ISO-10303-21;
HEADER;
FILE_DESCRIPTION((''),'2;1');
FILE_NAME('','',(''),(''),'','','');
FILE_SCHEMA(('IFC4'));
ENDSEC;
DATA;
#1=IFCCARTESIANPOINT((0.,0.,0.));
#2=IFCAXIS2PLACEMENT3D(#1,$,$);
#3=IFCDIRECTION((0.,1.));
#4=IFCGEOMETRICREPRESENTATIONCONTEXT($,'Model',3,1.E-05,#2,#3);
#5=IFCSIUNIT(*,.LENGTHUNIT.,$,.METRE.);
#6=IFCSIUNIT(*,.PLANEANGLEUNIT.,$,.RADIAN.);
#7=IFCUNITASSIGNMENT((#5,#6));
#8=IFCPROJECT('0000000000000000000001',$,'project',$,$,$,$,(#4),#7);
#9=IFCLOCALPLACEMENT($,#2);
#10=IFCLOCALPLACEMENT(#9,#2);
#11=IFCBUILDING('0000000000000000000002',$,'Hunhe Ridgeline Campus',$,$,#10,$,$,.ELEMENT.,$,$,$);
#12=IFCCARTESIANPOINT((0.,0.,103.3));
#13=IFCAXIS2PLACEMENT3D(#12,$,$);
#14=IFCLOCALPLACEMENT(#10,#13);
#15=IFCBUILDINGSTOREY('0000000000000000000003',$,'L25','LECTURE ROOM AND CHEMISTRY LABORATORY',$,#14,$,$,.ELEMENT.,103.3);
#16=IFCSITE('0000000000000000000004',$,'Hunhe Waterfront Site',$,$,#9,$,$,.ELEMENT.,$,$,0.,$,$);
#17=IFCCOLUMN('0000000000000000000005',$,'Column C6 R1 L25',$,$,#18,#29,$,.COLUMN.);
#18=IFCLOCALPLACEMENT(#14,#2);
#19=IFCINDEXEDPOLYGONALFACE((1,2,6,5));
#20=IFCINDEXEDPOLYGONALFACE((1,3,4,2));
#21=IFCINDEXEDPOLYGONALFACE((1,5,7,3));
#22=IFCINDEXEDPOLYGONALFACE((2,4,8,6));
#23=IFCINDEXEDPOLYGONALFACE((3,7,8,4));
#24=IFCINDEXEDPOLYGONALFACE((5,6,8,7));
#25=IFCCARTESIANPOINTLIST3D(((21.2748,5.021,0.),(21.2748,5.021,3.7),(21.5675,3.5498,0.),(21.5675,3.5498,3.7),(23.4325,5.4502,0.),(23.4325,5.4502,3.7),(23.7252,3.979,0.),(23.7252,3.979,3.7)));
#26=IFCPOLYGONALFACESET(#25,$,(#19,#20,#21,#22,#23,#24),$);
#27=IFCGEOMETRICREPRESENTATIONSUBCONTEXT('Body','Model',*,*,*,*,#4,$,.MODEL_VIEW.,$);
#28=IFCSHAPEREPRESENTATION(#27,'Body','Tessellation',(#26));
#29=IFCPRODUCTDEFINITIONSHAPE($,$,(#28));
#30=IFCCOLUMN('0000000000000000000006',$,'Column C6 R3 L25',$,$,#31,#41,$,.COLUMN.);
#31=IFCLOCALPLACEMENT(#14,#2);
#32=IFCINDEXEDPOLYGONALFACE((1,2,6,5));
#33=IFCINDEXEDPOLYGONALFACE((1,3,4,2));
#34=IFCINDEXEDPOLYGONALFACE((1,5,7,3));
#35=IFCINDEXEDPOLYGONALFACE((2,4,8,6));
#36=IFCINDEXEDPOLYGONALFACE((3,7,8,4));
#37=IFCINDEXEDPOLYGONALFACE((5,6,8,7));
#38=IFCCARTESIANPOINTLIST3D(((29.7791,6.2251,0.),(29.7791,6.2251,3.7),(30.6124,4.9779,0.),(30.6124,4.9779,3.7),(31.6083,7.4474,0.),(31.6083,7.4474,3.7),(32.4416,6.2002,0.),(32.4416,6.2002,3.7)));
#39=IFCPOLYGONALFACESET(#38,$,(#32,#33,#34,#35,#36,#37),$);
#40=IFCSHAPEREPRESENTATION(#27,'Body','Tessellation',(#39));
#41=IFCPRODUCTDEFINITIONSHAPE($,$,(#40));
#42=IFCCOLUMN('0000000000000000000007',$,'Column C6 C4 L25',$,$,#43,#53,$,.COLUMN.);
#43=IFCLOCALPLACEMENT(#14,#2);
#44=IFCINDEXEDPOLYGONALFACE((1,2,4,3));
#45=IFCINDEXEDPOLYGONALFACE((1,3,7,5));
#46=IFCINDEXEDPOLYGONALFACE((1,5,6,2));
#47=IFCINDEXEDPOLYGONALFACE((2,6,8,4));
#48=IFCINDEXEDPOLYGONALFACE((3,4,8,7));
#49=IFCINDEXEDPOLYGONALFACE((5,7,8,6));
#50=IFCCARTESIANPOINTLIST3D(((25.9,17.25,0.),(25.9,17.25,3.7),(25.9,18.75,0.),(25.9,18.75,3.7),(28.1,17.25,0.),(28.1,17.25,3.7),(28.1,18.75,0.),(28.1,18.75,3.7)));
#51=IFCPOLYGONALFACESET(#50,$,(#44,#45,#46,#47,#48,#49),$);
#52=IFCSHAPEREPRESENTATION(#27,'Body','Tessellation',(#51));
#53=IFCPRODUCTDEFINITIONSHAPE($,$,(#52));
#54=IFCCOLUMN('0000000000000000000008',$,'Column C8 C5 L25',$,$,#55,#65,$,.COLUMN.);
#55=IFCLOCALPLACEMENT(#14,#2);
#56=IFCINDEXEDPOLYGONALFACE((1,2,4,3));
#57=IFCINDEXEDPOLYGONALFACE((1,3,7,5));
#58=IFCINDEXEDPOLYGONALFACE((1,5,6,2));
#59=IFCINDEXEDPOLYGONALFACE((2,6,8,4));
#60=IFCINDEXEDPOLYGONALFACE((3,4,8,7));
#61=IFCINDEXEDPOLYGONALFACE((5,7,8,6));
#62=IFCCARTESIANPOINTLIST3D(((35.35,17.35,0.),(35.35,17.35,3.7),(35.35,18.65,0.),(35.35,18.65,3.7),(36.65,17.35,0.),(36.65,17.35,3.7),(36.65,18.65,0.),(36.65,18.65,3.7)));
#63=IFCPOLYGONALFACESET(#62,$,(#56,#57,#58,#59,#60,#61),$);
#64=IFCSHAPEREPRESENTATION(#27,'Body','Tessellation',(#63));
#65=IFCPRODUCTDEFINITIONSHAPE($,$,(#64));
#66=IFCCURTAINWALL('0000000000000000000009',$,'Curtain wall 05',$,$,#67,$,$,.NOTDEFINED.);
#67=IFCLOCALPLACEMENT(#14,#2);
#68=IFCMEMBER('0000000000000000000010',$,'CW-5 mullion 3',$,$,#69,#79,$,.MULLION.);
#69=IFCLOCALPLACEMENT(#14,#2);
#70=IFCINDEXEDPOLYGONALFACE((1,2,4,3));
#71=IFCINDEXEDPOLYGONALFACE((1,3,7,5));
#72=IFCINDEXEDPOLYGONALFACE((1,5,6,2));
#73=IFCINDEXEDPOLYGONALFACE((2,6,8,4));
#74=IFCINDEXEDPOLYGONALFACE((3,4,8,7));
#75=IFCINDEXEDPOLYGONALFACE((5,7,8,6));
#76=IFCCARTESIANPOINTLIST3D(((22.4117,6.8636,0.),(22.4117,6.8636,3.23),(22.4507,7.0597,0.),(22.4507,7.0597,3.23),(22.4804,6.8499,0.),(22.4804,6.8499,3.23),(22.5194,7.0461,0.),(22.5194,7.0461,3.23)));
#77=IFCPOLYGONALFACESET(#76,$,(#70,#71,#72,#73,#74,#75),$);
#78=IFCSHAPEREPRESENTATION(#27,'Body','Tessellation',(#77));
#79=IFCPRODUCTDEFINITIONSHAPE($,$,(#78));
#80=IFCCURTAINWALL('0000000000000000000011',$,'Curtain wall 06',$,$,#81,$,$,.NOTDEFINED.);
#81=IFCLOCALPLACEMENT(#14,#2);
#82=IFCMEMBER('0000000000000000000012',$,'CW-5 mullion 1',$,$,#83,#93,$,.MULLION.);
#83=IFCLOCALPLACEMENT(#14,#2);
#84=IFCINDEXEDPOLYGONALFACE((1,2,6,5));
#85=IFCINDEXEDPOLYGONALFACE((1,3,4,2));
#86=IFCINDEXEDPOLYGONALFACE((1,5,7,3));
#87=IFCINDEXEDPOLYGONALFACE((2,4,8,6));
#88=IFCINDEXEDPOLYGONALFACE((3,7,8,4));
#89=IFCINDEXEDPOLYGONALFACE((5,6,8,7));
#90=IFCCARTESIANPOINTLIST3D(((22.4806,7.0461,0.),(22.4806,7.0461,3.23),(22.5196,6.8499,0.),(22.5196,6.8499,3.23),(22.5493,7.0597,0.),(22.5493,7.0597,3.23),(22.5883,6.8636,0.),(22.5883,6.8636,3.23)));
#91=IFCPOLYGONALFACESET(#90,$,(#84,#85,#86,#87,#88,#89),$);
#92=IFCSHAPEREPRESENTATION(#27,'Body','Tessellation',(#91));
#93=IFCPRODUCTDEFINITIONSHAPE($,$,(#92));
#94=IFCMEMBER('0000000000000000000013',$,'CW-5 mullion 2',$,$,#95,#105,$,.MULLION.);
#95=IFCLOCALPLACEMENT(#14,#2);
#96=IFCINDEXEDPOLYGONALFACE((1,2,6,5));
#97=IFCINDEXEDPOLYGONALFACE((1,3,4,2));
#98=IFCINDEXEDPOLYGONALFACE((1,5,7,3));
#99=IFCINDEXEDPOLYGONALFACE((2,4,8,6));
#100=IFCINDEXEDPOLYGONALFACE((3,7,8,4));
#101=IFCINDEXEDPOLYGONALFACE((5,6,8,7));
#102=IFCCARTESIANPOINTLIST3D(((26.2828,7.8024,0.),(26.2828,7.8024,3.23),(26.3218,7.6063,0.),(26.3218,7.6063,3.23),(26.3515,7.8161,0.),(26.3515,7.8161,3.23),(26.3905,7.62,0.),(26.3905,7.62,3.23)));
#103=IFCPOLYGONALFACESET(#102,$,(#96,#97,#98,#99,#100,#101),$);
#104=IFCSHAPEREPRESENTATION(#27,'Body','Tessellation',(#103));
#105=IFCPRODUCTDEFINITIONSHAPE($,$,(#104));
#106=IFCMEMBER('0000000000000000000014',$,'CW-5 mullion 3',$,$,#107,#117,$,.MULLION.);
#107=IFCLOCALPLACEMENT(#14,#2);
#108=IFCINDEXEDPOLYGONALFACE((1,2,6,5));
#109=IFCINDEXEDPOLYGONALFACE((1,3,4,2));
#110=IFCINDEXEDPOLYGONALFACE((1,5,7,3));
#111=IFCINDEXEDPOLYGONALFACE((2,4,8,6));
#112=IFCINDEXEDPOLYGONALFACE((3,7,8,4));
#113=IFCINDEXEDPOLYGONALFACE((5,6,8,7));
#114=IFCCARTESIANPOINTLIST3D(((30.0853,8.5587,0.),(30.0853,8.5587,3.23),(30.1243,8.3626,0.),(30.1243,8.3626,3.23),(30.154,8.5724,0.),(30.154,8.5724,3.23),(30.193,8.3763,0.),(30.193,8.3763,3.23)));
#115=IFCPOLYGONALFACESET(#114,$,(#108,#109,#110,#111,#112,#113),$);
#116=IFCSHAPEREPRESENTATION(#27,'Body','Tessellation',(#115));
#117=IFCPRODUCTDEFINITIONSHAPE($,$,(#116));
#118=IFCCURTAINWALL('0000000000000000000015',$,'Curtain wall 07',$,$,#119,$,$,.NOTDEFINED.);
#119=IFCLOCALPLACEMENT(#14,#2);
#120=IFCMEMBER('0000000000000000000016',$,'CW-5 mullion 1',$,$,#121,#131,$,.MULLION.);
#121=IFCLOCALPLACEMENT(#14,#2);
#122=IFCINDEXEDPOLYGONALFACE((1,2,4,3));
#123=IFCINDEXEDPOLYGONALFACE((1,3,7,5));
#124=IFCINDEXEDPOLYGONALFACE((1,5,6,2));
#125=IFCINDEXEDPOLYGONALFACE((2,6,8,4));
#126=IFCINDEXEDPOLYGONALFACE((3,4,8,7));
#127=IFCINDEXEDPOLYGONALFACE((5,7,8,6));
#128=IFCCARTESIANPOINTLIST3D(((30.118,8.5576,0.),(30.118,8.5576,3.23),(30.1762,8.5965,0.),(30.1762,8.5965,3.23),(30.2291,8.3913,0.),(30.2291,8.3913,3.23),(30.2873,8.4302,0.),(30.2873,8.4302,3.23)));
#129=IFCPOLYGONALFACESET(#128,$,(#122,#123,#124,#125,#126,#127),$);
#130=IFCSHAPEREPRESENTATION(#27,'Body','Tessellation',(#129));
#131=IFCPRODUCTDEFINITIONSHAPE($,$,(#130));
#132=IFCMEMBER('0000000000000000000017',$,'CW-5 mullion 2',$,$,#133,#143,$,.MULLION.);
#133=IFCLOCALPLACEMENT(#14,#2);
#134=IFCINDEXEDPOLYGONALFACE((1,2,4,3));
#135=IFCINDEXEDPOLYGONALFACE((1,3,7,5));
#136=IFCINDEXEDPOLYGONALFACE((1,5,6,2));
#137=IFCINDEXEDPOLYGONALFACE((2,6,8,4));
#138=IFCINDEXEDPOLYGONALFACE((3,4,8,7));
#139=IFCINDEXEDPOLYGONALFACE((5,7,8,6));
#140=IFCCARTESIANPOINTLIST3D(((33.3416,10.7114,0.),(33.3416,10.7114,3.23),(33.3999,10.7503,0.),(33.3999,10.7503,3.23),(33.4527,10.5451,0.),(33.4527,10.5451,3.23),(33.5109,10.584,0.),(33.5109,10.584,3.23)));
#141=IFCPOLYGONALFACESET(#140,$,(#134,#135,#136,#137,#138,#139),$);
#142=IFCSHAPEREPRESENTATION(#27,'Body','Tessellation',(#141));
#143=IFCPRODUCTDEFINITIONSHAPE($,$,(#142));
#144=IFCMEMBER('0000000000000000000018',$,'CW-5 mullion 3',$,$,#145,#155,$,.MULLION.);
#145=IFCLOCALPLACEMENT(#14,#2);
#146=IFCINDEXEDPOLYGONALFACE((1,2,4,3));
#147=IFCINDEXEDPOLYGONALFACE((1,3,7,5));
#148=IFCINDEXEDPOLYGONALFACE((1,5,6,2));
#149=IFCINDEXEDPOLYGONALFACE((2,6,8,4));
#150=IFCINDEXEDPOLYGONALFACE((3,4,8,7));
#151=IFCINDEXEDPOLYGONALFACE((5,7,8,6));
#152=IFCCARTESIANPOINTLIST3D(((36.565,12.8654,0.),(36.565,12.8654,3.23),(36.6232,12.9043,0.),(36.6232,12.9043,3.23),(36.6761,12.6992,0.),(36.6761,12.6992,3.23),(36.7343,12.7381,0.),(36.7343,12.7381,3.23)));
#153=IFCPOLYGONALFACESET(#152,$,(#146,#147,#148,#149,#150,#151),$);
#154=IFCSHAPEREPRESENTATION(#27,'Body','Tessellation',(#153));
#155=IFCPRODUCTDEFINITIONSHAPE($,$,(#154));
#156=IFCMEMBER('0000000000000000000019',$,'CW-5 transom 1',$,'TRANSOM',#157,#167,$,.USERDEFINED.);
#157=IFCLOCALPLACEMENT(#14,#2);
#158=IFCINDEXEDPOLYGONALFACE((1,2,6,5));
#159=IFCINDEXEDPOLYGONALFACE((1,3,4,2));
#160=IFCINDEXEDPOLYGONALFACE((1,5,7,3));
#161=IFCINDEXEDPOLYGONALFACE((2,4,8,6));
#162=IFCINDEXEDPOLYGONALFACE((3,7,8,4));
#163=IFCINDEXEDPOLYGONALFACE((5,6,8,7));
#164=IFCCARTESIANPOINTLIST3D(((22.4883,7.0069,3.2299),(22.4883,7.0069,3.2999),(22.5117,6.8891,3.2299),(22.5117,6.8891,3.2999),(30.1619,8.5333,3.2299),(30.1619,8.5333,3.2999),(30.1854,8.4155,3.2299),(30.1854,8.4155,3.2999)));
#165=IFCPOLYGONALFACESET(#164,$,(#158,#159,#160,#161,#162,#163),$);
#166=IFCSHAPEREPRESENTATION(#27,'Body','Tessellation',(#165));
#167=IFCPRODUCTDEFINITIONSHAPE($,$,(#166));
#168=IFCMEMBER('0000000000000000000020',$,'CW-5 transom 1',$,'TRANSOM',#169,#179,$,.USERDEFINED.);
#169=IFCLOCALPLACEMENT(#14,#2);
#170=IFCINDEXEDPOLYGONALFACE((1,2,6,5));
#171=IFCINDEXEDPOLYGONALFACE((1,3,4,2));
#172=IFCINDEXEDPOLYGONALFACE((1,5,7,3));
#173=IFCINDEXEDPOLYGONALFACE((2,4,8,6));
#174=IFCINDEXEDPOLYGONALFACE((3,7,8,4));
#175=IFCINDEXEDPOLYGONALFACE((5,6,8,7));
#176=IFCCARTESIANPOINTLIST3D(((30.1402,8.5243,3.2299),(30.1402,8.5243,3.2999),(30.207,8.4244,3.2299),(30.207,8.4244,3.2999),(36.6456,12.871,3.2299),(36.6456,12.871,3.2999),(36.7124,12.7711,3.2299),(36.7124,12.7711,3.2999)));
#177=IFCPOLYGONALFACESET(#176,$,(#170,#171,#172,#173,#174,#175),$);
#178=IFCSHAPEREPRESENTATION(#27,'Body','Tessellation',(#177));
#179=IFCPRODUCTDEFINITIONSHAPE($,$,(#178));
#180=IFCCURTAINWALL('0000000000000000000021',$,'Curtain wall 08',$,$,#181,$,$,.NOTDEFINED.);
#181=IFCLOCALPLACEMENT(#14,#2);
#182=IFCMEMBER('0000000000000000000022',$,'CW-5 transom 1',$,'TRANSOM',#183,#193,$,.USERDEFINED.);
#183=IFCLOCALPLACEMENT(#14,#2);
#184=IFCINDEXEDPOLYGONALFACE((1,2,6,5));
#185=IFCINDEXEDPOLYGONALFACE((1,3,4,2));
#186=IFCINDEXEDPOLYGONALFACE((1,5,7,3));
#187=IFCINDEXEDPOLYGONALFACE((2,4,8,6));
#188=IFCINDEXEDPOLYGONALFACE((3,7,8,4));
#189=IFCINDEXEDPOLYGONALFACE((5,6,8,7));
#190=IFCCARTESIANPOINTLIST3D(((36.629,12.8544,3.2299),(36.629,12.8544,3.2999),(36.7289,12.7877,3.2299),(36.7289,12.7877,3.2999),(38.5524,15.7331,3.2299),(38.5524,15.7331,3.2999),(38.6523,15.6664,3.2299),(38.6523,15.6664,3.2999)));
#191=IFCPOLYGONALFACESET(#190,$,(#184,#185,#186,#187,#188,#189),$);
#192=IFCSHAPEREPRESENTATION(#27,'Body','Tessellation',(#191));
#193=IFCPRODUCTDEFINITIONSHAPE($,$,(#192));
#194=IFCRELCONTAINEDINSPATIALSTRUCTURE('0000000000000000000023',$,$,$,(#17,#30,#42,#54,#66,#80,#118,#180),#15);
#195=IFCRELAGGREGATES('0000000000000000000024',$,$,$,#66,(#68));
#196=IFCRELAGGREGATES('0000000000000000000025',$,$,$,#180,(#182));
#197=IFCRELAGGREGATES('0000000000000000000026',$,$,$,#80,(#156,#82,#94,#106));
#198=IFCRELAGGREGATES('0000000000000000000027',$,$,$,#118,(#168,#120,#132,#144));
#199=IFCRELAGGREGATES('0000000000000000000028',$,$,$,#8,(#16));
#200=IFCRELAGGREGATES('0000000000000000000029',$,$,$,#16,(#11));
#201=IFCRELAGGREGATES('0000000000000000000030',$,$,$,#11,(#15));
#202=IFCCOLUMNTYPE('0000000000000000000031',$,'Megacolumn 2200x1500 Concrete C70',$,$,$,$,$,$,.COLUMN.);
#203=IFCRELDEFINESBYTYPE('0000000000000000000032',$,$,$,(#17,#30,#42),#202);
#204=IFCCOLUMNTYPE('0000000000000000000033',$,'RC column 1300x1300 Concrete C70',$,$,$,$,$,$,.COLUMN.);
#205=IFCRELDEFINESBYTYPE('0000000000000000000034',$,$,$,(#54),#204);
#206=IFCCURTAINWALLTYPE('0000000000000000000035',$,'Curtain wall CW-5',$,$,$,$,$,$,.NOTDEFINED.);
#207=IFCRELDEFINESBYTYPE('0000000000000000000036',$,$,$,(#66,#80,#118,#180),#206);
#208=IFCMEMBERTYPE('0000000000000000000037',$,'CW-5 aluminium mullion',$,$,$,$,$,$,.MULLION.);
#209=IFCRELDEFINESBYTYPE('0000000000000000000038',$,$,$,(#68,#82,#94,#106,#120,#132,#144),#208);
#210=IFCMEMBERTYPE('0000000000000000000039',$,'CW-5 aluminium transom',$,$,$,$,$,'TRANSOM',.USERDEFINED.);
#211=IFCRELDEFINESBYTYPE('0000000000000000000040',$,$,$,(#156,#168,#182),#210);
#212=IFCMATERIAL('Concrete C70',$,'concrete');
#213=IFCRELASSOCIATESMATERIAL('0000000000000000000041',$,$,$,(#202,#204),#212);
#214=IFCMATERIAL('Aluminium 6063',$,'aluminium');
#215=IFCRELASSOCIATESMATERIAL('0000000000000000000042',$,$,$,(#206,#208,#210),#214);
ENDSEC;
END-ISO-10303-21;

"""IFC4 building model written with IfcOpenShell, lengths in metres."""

from ifc_helpers import new_model, si_unit, direction, frame, origin, origin_2d, place, context, subcontext, project, spatial, rectangle, extrude, material, material_profile, profile_set, type_object, element, aggregate, save


model = new_model("IFC4")

# Units and contexts
model_context = context("Model", 3, precision=1e-05, world=origin(), true_north=direction((0.0, 1.0)))
body_context = subcontext(model_context, "Body", "Model", "MODEL_VIEW")
ifc_project = project(units=[si_unit("LENGTHUNIT", "METRE"), si_unit("PLANEANGLEUNIT", "RADIAN")], contexts=[model_context])

# Site, building, storey
site_placement = place(None, origin())
site = spatial("IfcSite", under=ifc_project, at=site_placement, Name="Hunhe Waterfront Site", CompositionType="ELEMENT", RefElevation=0.0)
building_placement = place(site_placement, origin())
building = spatial("IfcBuilding", under=site, at=building_placement, Name="Hunhe Ridgeline Campus", CompositionType="ELEMENT")
storey_placement = place(building_placement, frame((0.0, 0.0, 103.3)))
storey = spatial("IfcBuildingStorey", under=building, at=storey_placement, Name="L25", Description="LECTURE ROOM AND CHEMISTRY LABORATORY", CompositionType="ELEMENT", Elevation=103.3)

# Columns
ifc_material_1 = material(Name="Concrete C70", Category="concrete")
ifc_material_profile_1 = material_profile(ifc_material_1, rectangle(XDim=2.2, YDim=1.5, at=origin_2d()))
ifc_profile_set_1 = profile_set([ifc_material_profile_1], Name="Concrete C70")
column_type_1 = type_object("IfcColumnType", Name="Megacolumn 2200x1500 Concrete C70", PredefinedType="COLUMN", material=ifc_profile_set_1)
for number, where, z_axis, x_axis, name in (
    (1, (22.5, 4.5, 0.0), (0.0, 0.0, 1.0), (0.980785, 0.19509, 0.0), "Column C6 R1 L25"),
    (2, (31.1104, 6.2126, 0.0), (0.0, 0.0, 1.0), (0.83147, 0.55557, 0.0), "Column C6 R3 L25"),
    (3, (27.0, 18.0, 0.0), (0.0, 0.0, 1.0), (1.0, 0.0, 0.0), "Column C6 C4 L25"),
):
    element("IfcColumn", number, at=place(storey_placement, frame(where, z_axis=z_axis, x_axis=x_axis)), inside=storey, type_object=column_type_1, Name=name, PredefinedType="COLUMN", context=body_context, shape_type="SweptSolid", body=[
        extrude(rectangle(XDim=2.2, YDim=1.5, at=origin_2d()), origin(), (0.0, 0.0, 1.0), 3.7),
    ])
ifc_material_profile_2 = material_profile(ifc_material_1, rectangle(XDim=1.3, YDim=1.3, at=origin_2d()))
ifc_profile_set_2 = profile_set([ifc_material_profile_2], Name="Concrete C70")
column_type_2 = type_object("IfcColumnType", Name="RC column 1300x1300 Concrete C70", PredefinedType="COLUMN", material=ifc_profile_set_2)
column_placement = place(storey_placement, frame((36.0, 18.0, 0.0), z_axis=(0.0, 0.0, 1.0), x_axis=(1.0, 0.0, 0.0)))
element("IfcColumn", 4, at=column_placement, inside=storey, type_object=column_type_2, Name="Column C8 C5 L25", PredefinedType="COLUMN", context=body_context, shape_type="SweptSolid", body=[
    extrude(rectangle(XDim=1.3, YDim=1.3, at=origin_2d()), origin(), (0.0, 0.0, 1.0), 3.7),
])

# Curtain wall, member
ifc_material_2 = material(Name="Aluminium 6063", Category="aluminium")
curtain_wall_type = type_object("IfcCurtainWallType", Name="Curtain wall CW-5", PredefinedType="NOTDEFINED", material=ifc_material_2)
curtain_wall_1_placement = place(storey_placement, origin())
curtain_wall_1 = element("IfcCurtainWall", 5, at=curtain_wall_1_placement, inside=storey, type_object=curtain_wall_type, Name="Curtain wall 05", PredefinedType="NOTDEFINED")
ifc_material_profile_3 = material_profile(ifc_material_2, rectangle(XDim=0.2, YDim=0.0701, at=origin_2d()))
ifc_profile_set_3 = profile_set([ifc_material_profile_3], Name="Aluminium 6063")
member_type_1 = type_object("IfcMemberType", Name="CW-5 aluminium mullion", PredefinedType="MULLION", material=ifc_profile_set_3)
member_1_placement = place(storey_placement, frame((22.4656, 6.9548, 0.0), z_axis=(0.0, 0.0, 1.0), x_axis=(0.19509, 0.980785, 0.0)))
member_1 = element("IfcMember", 6, at=member_1_placement, type_object=member_type_1, Name="CW-5 mullion 3", PredefinedType="MULLION", context=body_context, shape_type="SweptSolid", body=[
    extrude(rectangle(XDim=0.2, YDim=0.0701, at=origin_2d()), origin(), (0.0, 0.0, 1.0), 3.23),
])
aggregate(curtain_wall_1, [member_1])

# Curtain walls, members
curtain_wall_2_placement = place(storey_placement, origin())
curtain_wall_2 = element("IfcCurtainWall", 7, at=curtain_wall_2_placement, inside=storey, type_object=curtain_wall_type, Name="Curtain wall 06", PredefinedType="NOTDEFINED")
member_2_placement = place(storey_placement, frame((22.5344, 6.9548, 0.0), z_axis=(0.0, 0.0, 1.0), x_axis=(-0.19509, 0.980785, 0.0)))
member_2 = element("IfcMember", 8, at=member_2_placement, type_object=member_type_1, Name="CW-5 mullion 1", PredefinedType="MULLION", context=body_context, shape_type="SweptSolid", body=[
    extrude(rectangle(XDim=0.2, YDim=0.0701, at=origin_2d()), origin(), (0.0, 0.0, 1.0), 3.23),
])
member_3_placement = place(storey_placement, frame((26.3367, 7.7112, 0.0), z_axis=(0.0, 0.0, 1.0), x_axis=(-0.19509, 0.980785, 0.0)))
member_3 = element("IfcMember", 9, at=member_3_placement, type_object=member_type_1, Name="CW-5 mullion 2", PredefinedType="MULLION", context=body_context, shape_type="SweptSolid", body=[
    extrude(rectangle(XDim=0.2, YDim=0.0701, at=origin_2d()), origin(), (0.0, 0.0, 1.0), 3.23),
])
member_4_placement = place(storey_placement, frame((30.1392, 8.4675, 0.0), z_axis=(0.0, 0.0, 1.0), x_axis=(-0.19509, 0.980785, 0.0)))
member_4 = element("IfcMember", 10, at=member_4_placement, type_object=member_type_1, Name="CW-5 mullion 3", PredefinedType="MULLION", context=body_context, shape_type="SweptSolid", body=[
    extrude(rectangle(XDim=0.2, YDim=0.0701, at=origin_2d()), origin(), (0.0, 0.0, 1.0), 3.23),
])
curtain_wall_3_placement = place(storey_placement, origin())
curtain_wall_3 = element("IfcCurtainWall", 11, at=curtain_wall_3_placement, inside=storey, type_object=curtain_wall_type, Name="Curtain wall 07", PredefinedType="NOTDEFINED")
member_5_placement = place(storey_placement, frame((30.2026, 8.4939, 0.0), z_axis=(0.0, 0.0, 1.0), x_axis=(-0.55557, 0.83147, 0.0)))
member_5 = element("IfcMember", 12, at=member_5_placement, type_object=member_type_1, Name="CW-5 mullion 1", PredefinedType="MULLION", context=body_context, shape_type="SweptSolid", body=[
    extrude(rectangle(XDim=0.2, YDim=0.0701, at=origin_2d()), origin(), (0.0, 0.0, 1.0), 3.23),
])
member_6_placement = place(storey_placement, frame((33.4263, 10.6477, 0.0), z_axis=(0.0, 0.0, 1.0), x_axis=(-0.55557, 0.83147, 0.0)))
member_6 = element("IfcMember", 13, at=member_6_placement, type_object=member_type_1, Name="CW-5 mullion 2", PredefinedType="MULLION", context=body_context, shape_type="SweptSolid", body=[
    extrude(rectangle(XDim=0.2, YDim=0.0701, at=origin_2d()), origin(), (0.0, 0.0, 1.0), 3.23),
])
member_7_placement = place(storey_placement, frame((36.6497, 12.8018, 0.0), z_axis=(0.0, 0.0, 1.0), x_axis=(-0.55557, 0.83147, 0.0)))
member_7 = element("IfcMember", 14, at=member_7_placement, type_object=member_type_1, Name="CW-5 mullion 3", PredefinedType="MULLION", context=body_context, shape_type="SweptSolid", body=[
    extrude(rectangle(XDim=0.2, YDim=0.0701, at=origin_2d()), origin(), (0.0, 0.0, 1.0), 3.23),
])

# Members
ifc_material_profile_4 = material_profile(ifc_material_2, rectangle(XDim=0.1201, YDim=0.0701, at=origin_2d()))
ifc_profile_set_4 = profile_set([ifc_material_profile_4], Name="Aluminium 6063")
member_type_2 = type_object("IfcMemberType", Name="CW-5 aluminium transom", ElementType="TRANSOM", PredefinedType="USERDEFINED", material=ifc_profile_set_4)
member_8_placement = place(storey_placement, frame((22.5, 6.948, 3.2649), z_axis=(0.980785, 0.19509, 0.0), x_axis=(-0.19509, 0.980785, 0.0)))
member_8 = element("IfcMember", 15, at=member_8_placement, type_object=member_type_2, Name="CW-5 transom 1", ObjectType="TRANSOM", PredefinedType="USERDEFINED", context=body_context, shape_type="SweptSolid", body=[
    extrude(rectangle(XDim=0.1201, YDim=0.0701, at=origin_2d()), origin(), (0.0, 0.0, 1.0), 7.824),
])
member_9_placement = place(storey_placement, frame((30.1736, 8.4744, 3.2649), z_axis=(0.831474, 0.555564, 0.0), x_axis=(-0.555564, 0.831474, 0.0)))
member_9 = element("IfcMember", 16, at=member_9_placement, type_object=member_type_2, Name="CW-5 transom 1", ObjectType="TRANSOM", PredefinedType="USERDEFINED", context=body_context, shape_type="SweptSolid", body=[
    extrude(rectangle(XDim=0.1201, YDim=0.0701, at=origin_2d()), origin(), (0.0, 0.0, 1.0), 7.824),
])

# Curtain wall, member
curtain_wall_4_placement = place(storey_placement, origin())
curtain_wall_4 = element("IfcCurtainWall", 17, at=curtain_wall_4_placement, inside=storey, type_object=curtain_wall_type, Name="Curtain wall 08", PredefinedType="NOTDEFINED")
member_10_placement = place(storey_placement, frame((36.679, 12.821, 3.2649), z_axis=(0.555546, 0.831486, 0.0), x_axis=(-0.831486, 0.555546, 0.0)))
member_10 = element("IfcMember", 18, at=member_10_placement, type_object=member_type_2, Name="CW-5 transom 1", ObjectType="TRANSOM", PredefinedType="USERDEFINED", context=body_context, shape_type="SweptSolid", body=[
    extrude(rectangle(XDim=0.1201, YDim=0.0701, at=origin_2d()), origin(), (0.0, 0.0, 1.0), 3.4622),
])
aggregate(curtain_wall_4, [member_10])

aggregate(curtain_wall_2, [member_8, member_2, member_3, member_4])
aggregate(curtain_wall_3, [member_9, member_5, member_6, member_7])

save(model, "model.ifc")
